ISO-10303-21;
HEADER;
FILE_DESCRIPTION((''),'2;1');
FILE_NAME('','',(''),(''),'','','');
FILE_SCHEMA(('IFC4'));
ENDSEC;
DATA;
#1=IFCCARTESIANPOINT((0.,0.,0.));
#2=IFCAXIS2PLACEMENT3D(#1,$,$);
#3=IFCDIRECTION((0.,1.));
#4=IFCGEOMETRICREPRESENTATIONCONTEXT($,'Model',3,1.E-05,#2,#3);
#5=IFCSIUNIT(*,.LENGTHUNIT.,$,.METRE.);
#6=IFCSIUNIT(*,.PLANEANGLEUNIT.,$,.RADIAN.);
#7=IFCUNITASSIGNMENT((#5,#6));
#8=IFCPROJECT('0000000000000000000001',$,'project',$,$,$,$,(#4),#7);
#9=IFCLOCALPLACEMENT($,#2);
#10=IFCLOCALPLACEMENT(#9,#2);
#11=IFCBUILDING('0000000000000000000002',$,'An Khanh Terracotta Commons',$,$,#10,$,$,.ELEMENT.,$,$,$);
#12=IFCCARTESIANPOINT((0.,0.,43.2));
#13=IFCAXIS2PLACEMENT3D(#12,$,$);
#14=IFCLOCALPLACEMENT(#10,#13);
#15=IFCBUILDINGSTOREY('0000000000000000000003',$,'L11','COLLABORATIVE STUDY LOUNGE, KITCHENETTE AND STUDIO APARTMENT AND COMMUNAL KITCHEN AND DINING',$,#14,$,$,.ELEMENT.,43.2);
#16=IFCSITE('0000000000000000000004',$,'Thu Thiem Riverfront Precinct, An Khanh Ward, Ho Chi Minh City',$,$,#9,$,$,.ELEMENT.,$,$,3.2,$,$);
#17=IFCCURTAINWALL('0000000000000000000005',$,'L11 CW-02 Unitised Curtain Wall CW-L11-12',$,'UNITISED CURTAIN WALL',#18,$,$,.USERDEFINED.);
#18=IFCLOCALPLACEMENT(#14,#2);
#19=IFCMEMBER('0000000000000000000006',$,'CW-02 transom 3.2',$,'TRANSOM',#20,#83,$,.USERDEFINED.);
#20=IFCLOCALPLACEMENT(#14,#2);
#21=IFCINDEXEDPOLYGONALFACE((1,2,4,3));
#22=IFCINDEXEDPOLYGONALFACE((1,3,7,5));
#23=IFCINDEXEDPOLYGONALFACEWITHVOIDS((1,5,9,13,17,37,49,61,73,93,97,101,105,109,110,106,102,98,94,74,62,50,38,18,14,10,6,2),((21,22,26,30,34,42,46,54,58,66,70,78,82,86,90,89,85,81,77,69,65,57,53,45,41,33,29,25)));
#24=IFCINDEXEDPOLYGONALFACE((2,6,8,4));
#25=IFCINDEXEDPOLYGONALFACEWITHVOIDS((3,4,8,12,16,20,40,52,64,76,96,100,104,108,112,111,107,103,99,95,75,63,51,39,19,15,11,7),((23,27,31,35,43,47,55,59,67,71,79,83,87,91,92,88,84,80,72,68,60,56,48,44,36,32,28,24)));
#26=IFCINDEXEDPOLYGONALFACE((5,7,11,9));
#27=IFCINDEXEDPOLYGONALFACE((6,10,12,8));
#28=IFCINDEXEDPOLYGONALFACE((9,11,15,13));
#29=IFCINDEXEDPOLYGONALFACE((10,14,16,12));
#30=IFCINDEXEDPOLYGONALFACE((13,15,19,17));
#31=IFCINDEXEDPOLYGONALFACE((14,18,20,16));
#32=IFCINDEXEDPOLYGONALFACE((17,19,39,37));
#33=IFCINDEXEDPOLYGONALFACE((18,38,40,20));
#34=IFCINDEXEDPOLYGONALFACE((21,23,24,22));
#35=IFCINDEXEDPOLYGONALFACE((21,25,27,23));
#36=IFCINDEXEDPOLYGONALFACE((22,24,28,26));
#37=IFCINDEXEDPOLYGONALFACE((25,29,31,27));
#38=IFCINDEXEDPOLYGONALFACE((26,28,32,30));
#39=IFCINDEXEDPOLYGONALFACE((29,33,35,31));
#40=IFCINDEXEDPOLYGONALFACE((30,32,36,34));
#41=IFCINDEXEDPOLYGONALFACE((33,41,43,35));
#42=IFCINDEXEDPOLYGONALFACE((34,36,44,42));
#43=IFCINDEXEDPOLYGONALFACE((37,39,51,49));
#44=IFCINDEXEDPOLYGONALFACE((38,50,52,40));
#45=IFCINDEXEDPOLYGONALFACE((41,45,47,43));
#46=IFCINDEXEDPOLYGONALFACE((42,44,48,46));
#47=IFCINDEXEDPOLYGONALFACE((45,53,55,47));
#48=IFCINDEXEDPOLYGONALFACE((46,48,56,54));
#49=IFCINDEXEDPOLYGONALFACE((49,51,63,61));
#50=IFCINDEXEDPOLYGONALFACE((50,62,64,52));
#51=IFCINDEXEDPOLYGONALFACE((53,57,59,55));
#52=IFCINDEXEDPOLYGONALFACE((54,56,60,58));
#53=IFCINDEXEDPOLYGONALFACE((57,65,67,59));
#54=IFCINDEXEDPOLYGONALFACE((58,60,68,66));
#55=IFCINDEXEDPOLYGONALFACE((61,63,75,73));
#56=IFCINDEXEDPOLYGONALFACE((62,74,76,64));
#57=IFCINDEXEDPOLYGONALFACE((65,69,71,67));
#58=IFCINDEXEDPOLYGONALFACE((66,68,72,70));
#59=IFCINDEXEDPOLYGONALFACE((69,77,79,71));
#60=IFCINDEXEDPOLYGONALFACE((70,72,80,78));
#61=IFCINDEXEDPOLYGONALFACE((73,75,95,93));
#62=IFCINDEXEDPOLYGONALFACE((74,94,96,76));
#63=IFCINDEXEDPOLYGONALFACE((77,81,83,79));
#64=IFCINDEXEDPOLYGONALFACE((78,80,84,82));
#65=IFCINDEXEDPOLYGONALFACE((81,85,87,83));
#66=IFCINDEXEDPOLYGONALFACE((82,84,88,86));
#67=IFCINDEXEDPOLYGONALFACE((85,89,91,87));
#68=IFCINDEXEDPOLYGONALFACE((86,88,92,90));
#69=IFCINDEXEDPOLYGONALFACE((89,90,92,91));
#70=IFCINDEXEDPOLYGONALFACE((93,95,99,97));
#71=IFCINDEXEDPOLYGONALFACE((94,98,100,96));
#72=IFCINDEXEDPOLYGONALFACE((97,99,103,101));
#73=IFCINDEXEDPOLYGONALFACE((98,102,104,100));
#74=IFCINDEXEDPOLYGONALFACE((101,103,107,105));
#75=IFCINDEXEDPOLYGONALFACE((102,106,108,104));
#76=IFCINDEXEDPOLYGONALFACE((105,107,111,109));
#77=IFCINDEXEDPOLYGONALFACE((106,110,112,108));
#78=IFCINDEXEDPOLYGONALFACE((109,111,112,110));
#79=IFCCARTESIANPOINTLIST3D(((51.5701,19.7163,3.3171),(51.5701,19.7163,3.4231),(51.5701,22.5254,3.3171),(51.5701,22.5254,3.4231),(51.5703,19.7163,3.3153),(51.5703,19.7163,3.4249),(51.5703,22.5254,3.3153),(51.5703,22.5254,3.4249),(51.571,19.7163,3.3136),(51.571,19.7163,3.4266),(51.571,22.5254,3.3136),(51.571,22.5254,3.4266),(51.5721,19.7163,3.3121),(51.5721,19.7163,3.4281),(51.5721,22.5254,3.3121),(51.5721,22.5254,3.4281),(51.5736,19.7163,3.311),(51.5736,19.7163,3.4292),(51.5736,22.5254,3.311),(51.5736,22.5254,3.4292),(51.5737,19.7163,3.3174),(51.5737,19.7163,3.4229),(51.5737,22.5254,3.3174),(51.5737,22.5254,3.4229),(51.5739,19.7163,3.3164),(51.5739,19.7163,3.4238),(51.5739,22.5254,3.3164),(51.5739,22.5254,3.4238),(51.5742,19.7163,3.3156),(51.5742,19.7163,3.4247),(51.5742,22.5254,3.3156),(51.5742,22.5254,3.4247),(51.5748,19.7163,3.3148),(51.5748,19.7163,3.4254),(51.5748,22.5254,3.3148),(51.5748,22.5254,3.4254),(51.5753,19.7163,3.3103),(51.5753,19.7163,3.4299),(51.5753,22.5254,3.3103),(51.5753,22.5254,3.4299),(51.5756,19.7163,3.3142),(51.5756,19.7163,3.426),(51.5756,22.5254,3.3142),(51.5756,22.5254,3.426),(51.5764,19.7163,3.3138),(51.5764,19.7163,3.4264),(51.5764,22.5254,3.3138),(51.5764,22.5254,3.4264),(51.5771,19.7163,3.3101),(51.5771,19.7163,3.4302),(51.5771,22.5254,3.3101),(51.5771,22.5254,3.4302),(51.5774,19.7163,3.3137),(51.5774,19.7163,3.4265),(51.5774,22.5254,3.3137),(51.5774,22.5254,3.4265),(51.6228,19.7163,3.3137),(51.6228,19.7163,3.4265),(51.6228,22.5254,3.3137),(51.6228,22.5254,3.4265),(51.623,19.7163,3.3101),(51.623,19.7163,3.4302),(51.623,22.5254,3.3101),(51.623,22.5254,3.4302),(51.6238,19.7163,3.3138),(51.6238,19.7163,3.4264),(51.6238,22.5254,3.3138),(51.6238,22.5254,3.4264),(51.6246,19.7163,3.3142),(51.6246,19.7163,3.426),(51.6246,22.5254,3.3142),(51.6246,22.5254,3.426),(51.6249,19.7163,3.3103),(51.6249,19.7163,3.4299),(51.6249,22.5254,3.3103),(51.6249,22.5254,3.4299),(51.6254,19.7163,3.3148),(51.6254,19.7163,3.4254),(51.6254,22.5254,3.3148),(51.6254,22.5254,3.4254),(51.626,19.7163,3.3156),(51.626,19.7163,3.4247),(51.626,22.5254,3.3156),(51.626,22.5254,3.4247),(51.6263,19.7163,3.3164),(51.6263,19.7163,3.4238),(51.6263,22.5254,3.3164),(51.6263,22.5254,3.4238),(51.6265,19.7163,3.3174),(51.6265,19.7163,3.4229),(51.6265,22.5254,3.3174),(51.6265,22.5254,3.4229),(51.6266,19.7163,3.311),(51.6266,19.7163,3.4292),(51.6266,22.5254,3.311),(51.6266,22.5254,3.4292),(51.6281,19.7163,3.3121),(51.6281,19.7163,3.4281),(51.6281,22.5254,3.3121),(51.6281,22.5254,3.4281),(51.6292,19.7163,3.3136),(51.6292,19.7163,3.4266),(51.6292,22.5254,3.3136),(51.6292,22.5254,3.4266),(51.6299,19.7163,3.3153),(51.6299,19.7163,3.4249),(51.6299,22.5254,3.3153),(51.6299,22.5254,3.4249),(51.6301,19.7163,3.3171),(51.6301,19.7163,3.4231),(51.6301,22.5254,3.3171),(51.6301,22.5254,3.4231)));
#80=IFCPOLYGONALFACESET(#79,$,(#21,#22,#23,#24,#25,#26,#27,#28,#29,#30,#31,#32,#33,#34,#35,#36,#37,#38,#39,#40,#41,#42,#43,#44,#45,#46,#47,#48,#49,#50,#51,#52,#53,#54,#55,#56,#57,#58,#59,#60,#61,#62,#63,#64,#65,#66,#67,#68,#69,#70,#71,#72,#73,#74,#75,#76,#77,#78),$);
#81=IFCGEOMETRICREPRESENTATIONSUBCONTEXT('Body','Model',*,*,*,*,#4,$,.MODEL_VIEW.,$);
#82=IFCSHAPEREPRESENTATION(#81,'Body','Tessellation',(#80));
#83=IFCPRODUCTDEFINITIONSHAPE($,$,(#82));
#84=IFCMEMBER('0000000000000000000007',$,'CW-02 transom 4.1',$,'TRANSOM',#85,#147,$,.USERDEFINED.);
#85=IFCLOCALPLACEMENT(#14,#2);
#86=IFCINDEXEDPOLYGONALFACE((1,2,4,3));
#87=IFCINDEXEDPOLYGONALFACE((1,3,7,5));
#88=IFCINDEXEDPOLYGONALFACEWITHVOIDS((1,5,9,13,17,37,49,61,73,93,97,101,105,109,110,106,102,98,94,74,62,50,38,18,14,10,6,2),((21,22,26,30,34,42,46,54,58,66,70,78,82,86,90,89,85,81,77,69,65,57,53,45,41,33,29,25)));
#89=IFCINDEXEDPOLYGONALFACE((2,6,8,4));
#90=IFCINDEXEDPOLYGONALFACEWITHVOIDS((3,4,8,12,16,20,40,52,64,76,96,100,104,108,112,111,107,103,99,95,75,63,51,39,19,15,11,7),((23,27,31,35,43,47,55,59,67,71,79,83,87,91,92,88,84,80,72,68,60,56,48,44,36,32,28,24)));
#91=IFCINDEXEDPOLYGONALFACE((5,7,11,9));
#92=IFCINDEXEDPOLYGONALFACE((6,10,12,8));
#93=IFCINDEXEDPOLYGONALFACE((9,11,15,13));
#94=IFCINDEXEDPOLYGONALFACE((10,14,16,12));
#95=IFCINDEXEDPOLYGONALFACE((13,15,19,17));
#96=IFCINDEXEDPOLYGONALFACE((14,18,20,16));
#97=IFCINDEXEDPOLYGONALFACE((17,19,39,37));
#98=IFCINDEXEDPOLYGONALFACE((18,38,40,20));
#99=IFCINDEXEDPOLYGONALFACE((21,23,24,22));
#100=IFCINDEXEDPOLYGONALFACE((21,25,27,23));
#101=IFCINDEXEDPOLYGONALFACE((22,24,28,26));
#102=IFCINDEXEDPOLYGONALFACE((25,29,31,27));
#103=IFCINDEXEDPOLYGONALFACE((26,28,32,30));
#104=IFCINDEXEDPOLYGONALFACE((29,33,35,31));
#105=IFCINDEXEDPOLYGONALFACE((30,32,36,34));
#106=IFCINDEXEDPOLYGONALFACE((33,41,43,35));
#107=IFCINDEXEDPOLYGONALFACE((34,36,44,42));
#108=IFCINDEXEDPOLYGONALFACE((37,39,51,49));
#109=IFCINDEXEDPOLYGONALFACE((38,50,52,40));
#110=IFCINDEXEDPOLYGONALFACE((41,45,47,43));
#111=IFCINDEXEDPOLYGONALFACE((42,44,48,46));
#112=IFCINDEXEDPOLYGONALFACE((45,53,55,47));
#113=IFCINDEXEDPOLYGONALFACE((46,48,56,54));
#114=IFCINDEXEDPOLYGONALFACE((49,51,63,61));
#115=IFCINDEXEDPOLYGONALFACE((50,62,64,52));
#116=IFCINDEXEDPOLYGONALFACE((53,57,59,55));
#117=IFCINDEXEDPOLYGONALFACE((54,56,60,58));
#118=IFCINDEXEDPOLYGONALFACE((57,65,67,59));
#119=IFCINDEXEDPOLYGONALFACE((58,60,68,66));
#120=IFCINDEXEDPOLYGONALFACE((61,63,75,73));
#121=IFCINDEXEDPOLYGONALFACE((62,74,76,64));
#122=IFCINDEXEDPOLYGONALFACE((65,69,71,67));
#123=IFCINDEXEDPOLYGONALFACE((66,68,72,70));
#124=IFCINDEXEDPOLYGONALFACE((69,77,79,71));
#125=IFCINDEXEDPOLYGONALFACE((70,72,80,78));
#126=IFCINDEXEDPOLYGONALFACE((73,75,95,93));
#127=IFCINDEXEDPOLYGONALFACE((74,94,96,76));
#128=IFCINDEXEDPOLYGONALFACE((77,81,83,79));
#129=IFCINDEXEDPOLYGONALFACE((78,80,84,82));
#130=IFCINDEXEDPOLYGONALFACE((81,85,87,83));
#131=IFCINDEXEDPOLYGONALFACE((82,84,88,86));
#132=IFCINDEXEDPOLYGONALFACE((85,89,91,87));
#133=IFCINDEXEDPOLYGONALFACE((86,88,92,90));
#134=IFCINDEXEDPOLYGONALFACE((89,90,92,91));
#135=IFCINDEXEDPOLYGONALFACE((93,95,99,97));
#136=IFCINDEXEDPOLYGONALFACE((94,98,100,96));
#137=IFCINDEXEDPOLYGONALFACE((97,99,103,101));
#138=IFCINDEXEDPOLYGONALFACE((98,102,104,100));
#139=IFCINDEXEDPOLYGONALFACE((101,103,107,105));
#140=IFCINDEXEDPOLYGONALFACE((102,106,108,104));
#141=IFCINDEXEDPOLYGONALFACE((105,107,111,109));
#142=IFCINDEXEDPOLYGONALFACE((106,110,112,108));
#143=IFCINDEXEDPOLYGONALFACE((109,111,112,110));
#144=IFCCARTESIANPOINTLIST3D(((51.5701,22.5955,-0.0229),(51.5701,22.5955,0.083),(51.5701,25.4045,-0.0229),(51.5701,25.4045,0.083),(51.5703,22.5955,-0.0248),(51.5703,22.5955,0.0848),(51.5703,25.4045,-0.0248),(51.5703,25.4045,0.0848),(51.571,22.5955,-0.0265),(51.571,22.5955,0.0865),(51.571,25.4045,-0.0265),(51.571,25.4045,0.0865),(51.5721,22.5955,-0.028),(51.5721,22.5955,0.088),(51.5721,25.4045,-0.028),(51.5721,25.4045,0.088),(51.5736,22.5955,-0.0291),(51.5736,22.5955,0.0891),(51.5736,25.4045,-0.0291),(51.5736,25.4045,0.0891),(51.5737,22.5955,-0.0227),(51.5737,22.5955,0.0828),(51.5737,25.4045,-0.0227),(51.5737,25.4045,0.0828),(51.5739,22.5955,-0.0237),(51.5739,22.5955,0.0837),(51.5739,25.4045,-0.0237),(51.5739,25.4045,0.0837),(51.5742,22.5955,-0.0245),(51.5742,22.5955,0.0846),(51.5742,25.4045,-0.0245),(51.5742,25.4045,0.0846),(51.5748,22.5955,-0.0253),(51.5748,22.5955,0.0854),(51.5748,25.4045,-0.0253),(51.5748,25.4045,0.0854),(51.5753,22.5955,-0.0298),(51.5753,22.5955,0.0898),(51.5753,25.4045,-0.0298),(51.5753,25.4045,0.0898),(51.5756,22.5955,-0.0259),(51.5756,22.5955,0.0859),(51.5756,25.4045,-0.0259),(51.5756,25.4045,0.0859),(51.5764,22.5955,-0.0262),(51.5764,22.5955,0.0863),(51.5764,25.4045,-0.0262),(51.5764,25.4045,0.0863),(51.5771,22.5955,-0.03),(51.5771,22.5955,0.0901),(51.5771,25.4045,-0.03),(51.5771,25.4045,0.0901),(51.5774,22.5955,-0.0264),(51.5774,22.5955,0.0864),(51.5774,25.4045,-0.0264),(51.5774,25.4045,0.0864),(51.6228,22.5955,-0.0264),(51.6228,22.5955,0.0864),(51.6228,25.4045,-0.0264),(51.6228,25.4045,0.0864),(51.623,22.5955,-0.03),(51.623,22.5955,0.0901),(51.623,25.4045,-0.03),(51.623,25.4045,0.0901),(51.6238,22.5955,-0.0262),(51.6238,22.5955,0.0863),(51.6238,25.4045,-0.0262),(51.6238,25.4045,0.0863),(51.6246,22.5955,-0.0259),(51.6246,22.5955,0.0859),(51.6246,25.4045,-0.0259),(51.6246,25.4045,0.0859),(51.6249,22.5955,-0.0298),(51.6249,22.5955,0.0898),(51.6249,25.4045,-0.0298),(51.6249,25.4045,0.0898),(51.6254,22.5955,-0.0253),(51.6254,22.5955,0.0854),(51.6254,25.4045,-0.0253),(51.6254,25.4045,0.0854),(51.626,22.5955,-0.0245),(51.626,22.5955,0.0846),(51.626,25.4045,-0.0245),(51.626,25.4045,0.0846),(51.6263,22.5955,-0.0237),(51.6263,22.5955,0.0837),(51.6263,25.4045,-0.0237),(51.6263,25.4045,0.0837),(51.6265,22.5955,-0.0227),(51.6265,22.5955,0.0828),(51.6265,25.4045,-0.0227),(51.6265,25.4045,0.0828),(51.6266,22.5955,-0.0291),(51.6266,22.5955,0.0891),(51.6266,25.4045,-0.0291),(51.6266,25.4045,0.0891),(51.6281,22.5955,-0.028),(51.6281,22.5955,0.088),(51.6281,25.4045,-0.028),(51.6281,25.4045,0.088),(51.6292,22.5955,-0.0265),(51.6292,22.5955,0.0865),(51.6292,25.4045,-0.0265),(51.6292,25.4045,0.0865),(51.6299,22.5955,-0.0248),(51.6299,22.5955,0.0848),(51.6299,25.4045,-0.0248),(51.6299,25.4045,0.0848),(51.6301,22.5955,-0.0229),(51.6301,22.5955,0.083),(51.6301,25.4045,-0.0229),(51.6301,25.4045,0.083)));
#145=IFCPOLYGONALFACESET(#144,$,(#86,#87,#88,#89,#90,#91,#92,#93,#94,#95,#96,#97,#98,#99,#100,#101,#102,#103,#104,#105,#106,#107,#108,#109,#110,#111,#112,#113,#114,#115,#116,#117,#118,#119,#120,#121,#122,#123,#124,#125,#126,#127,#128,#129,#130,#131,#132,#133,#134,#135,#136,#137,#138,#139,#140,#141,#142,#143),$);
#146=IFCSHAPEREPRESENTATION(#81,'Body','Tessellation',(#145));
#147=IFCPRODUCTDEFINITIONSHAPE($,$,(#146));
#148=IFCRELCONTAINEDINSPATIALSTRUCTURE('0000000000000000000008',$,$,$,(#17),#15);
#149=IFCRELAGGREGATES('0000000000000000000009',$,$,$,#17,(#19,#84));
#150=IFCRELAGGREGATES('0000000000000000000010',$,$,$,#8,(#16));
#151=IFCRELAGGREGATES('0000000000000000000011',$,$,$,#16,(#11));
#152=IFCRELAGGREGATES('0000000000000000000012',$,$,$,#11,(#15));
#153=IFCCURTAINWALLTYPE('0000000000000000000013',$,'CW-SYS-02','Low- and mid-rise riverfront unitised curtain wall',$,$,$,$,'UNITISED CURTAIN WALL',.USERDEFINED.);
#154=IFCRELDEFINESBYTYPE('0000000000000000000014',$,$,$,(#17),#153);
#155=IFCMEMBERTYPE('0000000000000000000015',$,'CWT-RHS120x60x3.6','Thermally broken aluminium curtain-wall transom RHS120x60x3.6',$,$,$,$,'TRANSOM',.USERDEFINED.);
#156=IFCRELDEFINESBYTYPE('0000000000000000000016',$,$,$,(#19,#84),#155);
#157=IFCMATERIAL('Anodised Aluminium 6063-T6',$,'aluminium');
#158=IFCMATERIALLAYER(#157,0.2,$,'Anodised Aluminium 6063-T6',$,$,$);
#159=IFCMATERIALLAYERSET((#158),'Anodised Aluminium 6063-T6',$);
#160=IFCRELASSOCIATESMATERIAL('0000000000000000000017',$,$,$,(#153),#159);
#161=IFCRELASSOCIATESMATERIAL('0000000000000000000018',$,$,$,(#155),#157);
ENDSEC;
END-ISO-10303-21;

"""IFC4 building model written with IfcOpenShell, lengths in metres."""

from ifc_helpers import new_model, si_unit, direction, frame, origin, origin_2d, place, context, subcontext, project, spatial, hollow_rectangle, extrude, material, layer, layer_set, material_profile, profile_set, type_object, element, aggregate, save


model = new_model("IFC4")

# Units and contexts
model_context = context("Model", 3, precision=1e-05, world=origin(), true_north=direction((0.0, 1.0)))
body_context = subcontext(model_context, "Body", "Model", "MODEL_VIEW")
ifc_project = project(units=[si_unit("LENGTHUNIT", "METRE"), si_unit("PLANEANGLEUNIT", "RADIAN")], contexts=[model_context])

# Site, building, storey
site_placement = place(None, origin())
site = spatial("IfcSite", under=ifc_project, at=site_placement, Name="Thu Thiem Riverfront Precinct, An Khanh Ward, Ho Chi Minh City", CompositionType="ELEMENT", RefElevation=3.2)
building_placement = place(site_placement, origin())
building = spatial("IfcBuilding", under=site, at=building_placement, Name="An Khanh Terracotta Commons", CompositionType="ELEMENT")
storey_placement = place(building_placement, frame((0.0, 0.0, 43.2)))
storey = spatial("IfcBuildingStorey", under=building, at=storey_placement, Name="L11", Description="COLLABORATIVE STUDY LOUNGE, KITCHENETTE AND STUDIO APARTMENT AND COMMUNAL KITCHEN AND DINING", CompositionType="ELEMENT", Elevation=43.2)

# Curtain wall, members
ifc_material_1 = material(Name="Anodised Aluminium 6063-T6", Category="aluminium")
ifc_layer_1 = layer(ifc_material_1, 0.2, Name="Anodised Aluminium 6063-T6")
ifc_layer_set_1 = layer_set([ifc_layer_1], Name="Anodised Aluminium 6063-T6")
curtain_wall_type = type_object("IfcCurtainWallType", Name="CW-SYS-02", Description="Low- and mid-rise riverfront unitised curtain wall", ElementType="UNITISED CURTAIN WALL", PredefinedType="USERDEFINED", material=ifc_layer_set_1)
curtain_wall_placement = place(storey_placement, origin())
curtain_wall = element("IfcCurtainWall", 1, at=curtain_wall_placement, inside=storey, type_object=curtain_wall_type, Name="L11 CW-02 Unitised Curtain Wall CW-L11-12", ObjectType="UNITISED CURTAIN WALL", PredefinedType="USERDEFINED")
ifc_material_profile_1 = material_profile(ifc_material_1, hollow_rectangle(XDim=0.0601, YDim=0.1201, WallThickness=0.0037, InnerFilletRadius=0.0037, OuterFilletRadius=0.0071, at=origin_2d()), Name="RHS120x60x3.6")
ifc_profile_set_1 = profile_set([ifc_material_profile_1], Name="Anodised Aluminium 6063-T6")
member_type_1 = type_object("IfcMemberType", Name="CWT-RHS120x60x3.6", Description="Thermally broken aluminium curtain-wall transom RHS120x60x3.6", ElementType="TRANSOM", PredefinedType="USERDEFINED", material=ifc_profile_set_1)
member_1_placement = place(storey_placement, frame((51.6001, 19.7163, 3.3701), z_axis=(0.0, 1.0, 0.0), x_axis=(-1.0, 0.0, 0.0)))
member_1 = element("IfcMember", 2, at=member_1_placement, type_object=member_type_1, Name="CW-02 transom 3.2", ObjectType="TRANSOM", PredefinedType="USERDEFINED", context=body_context, shape_type="SweptSolid", body=[
    extrude(hollow_rectangle(XDim=0.0601, YDim=0.1201, WallThickness=0.0037, InnerFilletRadius=0.0037, OuterFilletRadius=0.0071, at=origin_2d()), origin(), (0.0, 0.0, 1.0), 2.8091),
])
member_2_placement = place(storey_placement, frame((51.6001, 22.5955, 0.03), z_axis=(0.0, 1.0, 0.0), x_axis=(-1.0, 0.0, 0.0)))
member_2 = element("IfcMember", 3, at=member_2_placement, type_object=member_type_1, Name="CW-02 transom 4.1", ObjectType="TRANSOM", PredefinedType="USERDEFINED", context=body_context, shape_type="SweptSolid", body=[
    extrude(hollow_rectangle(XDim=0.0601, YDim=0.1201, WallThickness=0.0037, InnerFilletRadius=0.0037, OuterFilletRadius=0.0071, at=origin_2d()), origin(), (0.0, 0.0, 1.0), 2.8091),
])
aggregate(curtain_wall, [member_1, member_2])

save(model, "model.ifc")
